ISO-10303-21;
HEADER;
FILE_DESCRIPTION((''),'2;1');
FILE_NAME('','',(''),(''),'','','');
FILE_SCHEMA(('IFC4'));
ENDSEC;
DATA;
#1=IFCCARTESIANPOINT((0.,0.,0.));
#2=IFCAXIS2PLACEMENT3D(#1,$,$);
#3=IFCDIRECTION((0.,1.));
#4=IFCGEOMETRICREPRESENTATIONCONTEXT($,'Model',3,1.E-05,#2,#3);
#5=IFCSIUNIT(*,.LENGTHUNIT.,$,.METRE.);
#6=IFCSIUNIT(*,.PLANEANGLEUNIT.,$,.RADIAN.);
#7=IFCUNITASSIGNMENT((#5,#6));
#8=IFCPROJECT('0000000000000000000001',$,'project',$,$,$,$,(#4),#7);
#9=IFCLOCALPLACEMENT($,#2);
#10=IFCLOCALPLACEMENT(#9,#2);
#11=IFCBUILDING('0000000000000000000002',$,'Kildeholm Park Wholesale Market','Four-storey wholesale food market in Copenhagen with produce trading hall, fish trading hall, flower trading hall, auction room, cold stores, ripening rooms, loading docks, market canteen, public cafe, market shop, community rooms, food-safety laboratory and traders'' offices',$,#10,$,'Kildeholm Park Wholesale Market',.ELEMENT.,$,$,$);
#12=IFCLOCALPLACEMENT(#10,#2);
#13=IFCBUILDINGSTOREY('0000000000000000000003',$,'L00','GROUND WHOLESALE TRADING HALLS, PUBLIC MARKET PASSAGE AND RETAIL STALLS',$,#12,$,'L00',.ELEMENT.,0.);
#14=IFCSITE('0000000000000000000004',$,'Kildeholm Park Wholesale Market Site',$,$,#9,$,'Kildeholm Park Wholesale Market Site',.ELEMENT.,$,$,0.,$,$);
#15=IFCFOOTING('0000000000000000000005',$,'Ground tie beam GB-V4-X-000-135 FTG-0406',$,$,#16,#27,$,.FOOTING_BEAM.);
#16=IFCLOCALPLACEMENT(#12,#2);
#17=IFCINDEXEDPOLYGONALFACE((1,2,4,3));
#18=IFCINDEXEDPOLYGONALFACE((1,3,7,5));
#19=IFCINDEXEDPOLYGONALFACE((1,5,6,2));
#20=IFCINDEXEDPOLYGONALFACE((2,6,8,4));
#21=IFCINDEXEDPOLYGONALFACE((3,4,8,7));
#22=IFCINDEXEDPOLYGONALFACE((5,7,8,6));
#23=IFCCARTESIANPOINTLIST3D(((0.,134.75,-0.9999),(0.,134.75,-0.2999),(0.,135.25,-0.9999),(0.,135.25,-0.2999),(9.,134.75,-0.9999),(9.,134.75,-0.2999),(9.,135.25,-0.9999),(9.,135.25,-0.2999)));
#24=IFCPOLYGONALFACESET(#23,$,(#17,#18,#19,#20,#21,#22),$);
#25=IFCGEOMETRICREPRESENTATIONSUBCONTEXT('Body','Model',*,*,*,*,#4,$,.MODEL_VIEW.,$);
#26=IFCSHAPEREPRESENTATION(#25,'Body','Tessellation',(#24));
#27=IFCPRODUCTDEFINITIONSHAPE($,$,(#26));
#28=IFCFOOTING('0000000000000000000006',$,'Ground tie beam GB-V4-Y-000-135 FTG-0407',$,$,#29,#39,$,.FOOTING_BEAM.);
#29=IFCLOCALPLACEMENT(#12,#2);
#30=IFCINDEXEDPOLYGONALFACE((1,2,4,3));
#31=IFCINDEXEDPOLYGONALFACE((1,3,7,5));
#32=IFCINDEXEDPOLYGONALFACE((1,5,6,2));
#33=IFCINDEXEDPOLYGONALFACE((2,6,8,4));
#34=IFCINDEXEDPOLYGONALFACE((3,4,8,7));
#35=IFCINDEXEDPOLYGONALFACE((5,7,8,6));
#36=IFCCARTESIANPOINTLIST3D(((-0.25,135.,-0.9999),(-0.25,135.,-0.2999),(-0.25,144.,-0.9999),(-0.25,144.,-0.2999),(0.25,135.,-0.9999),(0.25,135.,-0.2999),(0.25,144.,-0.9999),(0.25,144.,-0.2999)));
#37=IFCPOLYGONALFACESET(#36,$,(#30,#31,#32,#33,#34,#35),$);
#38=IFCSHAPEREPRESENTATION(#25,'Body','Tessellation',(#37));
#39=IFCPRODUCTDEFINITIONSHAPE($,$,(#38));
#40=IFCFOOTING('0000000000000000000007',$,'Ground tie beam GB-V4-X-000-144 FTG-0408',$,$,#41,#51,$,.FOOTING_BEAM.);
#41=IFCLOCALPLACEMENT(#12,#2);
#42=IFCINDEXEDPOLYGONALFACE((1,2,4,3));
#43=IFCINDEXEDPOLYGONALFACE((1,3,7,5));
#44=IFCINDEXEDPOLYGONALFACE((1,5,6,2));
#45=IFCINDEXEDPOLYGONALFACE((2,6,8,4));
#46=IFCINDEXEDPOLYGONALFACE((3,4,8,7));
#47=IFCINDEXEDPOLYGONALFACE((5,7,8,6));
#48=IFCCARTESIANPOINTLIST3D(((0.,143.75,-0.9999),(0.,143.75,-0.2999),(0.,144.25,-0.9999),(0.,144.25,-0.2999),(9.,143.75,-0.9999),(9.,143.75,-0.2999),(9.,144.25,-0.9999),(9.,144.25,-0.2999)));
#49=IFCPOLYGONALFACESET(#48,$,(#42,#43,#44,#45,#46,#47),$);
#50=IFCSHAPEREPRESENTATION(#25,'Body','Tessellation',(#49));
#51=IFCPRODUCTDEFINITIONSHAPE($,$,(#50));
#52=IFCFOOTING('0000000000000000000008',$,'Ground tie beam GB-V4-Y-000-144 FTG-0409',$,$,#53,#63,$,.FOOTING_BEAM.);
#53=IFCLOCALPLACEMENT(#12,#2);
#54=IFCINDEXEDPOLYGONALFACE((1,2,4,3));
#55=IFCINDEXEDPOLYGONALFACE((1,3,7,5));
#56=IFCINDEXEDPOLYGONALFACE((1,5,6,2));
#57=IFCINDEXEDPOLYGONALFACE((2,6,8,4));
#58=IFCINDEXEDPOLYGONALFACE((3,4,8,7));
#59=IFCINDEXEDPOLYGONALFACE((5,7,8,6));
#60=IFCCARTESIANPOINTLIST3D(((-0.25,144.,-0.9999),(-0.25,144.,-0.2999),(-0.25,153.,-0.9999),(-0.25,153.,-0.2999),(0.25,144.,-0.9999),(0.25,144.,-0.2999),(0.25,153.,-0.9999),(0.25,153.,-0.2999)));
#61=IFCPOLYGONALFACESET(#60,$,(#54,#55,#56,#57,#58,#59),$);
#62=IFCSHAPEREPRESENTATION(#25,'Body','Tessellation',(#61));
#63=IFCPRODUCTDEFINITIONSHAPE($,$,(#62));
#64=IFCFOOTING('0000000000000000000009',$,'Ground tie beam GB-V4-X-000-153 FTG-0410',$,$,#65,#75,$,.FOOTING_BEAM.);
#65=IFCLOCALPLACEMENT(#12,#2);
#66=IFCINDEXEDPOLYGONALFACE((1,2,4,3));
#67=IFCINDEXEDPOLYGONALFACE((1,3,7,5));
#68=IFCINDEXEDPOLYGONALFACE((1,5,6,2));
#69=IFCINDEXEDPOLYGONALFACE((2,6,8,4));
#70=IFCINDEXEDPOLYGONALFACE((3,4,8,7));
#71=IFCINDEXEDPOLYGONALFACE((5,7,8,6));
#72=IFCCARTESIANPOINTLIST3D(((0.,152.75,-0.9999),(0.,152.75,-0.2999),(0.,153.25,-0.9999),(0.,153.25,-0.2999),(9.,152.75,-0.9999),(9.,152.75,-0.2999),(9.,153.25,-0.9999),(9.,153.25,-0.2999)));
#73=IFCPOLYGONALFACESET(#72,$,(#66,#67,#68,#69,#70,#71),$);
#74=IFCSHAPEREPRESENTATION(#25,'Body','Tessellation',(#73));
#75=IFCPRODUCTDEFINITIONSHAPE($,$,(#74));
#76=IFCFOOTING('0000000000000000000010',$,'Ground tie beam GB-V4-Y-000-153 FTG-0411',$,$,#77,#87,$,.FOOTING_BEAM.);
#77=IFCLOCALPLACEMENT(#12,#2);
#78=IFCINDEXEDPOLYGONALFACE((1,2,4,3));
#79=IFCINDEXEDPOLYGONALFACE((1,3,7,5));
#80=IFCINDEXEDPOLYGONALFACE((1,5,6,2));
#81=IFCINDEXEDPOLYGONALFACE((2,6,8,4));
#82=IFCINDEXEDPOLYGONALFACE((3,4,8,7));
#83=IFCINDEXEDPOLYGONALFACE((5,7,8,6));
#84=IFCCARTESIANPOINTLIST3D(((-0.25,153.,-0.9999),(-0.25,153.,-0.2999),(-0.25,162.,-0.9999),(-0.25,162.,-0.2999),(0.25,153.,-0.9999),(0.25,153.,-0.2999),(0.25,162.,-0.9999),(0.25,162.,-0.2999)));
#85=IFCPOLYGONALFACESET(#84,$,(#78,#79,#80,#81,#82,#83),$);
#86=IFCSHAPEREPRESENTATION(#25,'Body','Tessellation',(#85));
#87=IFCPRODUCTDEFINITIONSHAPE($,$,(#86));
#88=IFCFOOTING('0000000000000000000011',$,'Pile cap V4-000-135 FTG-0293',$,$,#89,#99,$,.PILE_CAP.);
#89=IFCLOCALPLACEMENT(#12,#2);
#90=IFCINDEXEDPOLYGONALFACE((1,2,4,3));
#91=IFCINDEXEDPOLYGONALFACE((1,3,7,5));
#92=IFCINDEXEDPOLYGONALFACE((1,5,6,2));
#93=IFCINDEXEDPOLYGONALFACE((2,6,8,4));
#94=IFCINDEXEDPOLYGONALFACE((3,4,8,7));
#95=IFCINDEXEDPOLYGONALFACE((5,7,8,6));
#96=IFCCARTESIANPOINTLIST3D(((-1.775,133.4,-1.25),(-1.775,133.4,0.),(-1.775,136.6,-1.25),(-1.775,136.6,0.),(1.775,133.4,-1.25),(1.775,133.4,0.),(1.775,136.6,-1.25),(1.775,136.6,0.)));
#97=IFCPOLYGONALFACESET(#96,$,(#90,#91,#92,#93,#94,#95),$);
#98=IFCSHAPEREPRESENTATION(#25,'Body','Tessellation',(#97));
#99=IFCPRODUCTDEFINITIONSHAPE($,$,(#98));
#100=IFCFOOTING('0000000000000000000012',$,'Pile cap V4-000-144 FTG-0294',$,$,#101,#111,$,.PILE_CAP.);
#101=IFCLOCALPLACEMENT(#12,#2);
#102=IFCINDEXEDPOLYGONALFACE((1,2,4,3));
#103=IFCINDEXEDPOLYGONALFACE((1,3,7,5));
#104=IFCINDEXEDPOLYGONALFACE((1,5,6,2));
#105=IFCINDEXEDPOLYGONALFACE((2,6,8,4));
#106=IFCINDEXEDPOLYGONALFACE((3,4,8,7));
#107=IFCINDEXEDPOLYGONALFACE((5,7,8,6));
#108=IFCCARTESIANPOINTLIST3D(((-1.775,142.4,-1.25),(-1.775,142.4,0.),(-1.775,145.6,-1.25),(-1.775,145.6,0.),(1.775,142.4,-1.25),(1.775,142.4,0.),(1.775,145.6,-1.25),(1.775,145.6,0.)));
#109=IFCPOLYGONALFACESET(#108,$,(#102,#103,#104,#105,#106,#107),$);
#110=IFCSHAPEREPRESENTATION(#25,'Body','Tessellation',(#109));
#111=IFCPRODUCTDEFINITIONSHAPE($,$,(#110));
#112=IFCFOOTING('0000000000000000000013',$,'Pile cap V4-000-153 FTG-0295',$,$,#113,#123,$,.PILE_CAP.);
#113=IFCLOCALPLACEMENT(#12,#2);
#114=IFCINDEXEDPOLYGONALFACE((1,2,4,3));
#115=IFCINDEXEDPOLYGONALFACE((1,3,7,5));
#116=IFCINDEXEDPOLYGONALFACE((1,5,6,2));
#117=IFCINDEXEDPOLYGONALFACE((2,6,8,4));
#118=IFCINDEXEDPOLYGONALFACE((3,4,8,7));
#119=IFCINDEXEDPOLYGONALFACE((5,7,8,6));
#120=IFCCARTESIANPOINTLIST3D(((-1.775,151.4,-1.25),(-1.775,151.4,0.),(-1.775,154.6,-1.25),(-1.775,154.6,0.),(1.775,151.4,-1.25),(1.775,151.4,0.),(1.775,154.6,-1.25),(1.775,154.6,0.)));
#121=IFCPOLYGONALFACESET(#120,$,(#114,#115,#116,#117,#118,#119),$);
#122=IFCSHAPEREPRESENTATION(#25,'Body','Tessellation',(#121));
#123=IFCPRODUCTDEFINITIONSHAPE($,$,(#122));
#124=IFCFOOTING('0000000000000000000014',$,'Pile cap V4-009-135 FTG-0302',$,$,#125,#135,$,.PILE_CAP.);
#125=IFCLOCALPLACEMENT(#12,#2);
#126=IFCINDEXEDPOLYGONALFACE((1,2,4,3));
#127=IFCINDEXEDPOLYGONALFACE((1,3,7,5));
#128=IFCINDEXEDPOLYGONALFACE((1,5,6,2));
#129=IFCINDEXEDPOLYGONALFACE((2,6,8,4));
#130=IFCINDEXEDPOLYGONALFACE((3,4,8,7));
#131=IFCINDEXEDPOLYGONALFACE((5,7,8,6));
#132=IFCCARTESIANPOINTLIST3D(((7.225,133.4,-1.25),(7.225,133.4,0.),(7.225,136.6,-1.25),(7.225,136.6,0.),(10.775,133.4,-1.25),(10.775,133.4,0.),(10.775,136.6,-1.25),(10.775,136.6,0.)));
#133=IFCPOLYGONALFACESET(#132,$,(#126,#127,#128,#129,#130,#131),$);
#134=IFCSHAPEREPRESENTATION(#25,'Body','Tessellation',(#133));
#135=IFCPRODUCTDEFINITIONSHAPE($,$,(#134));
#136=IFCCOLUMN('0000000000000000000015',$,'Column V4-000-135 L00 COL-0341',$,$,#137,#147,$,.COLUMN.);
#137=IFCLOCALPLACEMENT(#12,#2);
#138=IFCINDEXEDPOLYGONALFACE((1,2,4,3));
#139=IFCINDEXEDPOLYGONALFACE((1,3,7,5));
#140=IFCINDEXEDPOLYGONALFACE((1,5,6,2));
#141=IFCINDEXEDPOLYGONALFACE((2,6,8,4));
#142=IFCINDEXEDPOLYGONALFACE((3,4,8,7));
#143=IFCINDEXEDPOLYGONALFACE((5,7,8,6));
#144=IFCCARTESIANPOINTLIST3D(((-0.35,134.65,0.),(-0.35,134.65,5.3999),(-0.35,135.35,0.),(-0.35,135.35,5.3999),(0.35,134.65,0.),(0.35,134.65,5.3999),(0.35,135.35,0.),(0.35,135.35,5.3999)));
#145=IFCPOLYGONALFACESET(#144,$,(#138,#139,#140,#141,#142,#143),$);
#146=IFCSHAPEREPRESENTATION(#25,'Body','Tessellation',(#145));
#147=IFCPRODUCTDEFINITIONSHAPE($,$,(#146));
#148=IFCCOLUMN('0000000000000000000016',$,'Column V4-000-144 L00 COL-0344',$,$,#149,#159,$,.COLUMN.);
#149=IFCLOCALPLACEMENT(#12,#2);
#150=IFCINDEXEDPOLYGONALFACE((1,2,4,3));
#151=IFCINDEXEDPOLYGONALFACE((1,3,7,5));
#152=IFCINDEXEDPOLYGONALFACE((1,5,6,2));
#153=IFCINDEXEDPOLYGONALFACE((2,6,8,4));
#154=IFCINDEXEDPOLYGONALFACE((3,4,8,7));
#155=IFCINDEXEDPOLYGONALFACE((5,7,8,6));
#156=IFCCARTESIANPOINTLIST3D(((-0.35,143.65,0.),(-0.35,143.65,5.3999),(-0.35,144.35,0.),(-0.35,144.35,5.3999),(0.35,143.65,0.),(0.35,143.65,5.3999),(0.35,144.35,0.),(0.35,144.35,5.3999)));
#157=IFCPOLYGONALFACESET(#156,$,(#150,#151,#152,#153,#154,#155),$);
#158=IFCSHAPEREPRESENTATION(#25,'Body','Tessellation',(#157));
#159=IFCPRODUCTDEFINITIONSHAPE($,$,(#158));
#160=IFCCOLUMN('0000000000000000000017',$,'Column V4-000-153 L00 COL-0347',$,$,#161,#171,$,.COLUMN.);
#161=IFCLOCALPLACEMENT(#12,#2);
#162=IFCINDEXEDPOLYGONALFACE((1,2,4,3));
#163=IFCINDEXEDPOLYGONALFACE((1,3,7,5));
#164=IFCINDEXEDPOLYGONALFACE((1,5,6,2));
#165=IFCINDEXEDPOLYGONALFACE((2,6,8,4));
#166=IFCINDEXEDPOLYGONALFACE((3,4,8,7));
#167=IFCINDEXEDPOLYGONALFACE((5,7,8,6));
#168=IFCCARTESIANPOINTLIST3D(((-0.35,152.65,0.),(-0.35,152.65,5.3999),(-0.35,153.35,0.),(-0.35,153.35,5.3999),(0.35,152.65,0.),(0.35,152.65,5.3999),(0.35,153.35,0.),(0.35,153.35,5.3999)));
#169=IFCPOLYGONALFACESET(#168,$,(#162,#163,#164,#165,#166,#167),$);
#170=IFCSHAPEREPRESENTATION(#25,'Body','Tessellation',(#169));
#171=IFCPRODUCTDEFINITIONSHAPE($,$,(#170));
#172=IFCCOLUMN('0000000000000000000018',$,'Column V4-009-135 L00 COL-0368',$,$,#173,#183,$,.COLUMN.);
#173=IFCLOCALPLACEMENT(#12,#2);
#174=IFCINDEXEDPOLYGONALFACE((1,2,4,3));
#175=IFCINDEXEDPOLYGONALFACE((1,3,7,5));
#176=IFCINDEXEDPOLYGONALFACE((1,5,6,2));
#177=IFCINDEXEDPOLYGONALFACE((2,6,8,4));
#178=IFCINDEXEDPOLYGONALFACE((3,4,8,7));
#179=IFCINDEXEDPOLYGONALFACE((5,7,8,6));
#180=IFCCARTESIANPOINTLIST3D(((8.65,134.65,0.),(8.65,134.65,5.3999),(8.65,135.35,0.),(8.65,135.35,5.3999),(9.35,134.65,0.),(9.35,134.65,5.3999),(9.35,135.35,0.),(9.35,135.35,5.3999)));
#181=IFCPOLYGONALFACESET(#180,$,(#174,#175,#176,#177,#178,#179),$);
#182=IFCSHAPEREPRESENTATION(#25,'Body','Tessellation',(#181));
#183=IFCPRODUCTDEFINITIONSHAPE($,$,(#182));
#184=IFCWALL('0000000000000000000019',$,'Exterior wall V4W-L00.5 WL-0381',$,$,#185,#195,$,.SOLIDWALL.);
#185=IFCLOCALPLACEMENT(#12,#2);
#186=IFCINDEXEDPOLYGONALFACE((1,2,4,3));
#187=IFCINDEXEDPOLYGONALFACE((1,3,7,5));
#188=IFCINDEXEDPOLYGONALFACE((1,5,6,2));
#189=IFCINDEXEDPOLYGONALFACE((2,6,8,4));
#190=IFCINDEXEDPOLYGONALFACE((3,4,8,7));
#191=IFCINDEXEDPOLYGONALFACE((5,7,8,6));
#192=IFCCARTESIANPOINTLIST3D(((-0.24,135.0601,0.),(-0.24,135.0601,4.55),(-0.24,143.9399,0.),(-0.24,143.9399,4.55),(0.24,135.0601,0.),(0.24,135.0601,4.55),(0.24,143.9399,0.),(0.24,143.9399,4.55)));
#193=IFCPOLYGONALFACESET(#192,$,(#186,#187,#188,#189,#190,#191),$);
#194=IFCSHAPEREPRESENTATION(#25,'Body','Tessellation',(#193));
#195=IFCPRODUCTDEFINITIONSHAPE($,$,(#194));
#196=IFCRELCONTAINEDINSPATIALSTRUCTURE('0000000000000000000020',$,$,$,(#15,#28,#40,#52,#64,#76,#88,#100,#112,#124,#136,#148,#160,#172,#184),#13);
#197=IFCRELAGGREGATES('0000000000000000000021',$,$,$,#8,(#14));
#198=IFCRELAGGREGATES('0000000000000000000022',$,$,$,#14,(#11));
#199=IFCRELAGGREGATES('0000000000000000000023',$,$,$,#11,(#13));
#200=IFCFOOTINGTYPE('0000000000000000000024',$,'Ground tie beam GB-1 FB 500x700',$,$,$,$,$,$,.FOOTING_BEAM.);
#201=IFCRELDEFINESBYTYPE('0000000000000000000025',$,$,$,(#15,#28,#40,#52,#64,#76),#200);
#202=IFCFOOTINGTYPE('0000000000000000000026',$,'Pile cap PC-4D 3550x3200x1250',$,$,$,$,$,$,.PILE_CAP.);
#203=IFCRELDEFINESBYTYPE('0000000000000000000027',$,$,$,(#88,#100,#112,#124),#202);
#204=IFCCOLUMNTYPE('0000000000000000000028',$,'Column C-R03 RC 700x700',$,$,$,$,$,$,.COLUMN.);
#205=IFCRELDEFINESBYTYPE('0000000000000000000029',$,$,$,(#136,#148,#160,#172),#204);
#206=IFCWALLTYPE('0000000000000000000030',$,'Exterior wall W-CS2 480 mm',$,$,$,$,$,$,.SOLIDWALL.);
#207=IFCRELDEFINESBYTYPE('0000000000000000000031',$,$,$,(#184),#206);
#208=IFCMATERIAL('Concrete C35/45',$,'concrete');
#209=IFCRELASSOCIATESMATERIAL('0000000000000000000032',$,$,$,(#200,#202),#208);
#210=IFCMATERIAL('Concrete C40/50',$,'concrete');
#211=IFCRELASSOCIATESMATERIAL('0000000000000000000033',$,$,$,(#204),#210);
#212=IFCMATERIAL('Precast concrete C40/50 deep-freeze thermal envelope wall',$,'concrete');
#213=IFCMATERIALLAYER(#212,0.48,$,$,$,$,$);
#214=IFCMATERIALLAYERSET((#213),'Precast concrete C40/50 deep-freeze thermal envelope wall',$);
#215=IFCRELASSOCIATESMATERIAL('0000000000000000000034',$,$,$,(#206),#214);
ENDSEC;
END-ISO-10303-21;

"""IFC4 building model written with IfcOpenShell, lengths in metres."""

from ifc_helpers import new_model, si_unit, direction, frame, frame_2d, origin, origin_2d, place, context, subcontext, project, spatial, rectangle, extrude, material, layer, layer_set, material_profile, profile_set, type_object, element, save


model = new_model("IFC4")

# Units and contexts
model_context = context("Model", 3, precision=1e-05, world=origin(), true_north=direction((0.0, 1.0)))
body_context = subcontext(model_context, "Body", "Model", "MODEL_VIEW")
ifc_project = project(units=[si_unit("LENGTHUNIT", "METRE"), si_unit("PLANEANGLEUNIT", "RADIAN")], contexts=[model_context])

# Site, building, storey
site_placement = place(None, origin())
site = spatial("IfcSite", under=ifc_project, at=site_placement, Name="Kildeholm Park Wholesale Market Site", LongName="Kildeholm Park Wholesale Market Site", CompositionType="ELEMENT", RefElevation=0.0)
building_placement = place(site_placement, origin())
building = spatial("IfcBuilding", under=site, at=building_placement, Name="Kildeholm Park Wholesale Market", Description="Four-storey wholesale food market in Copenhagen with produce trading hall, fish trading hall, flower trading hall, auction room, cold stores, ripening rooms, loading docks, market canteen, public cafe, market shop, community rooms, food-safety laboratory and traders' offices", LongName="Kildeholm Park Wholesale Market", CompositionType="ELEMENT")
storey_placement = place(building_placement, origin())
storey = spatial("IfcBuildingStorey", under=building, at=storey_placement, Name="L00", Description="GROUND WHOLESALE TRADING HALLS, PUBLIC MARKET PASSAGE AND RETAIL STALLS", LongName="L00", CompositionType="ELEMENT", Elevation=0.0)

# Shared definitions
ifc_material_1 = material(Name="Concrete C35/45", Category="concrete")

# Footings
ifc_material_profile_1 = material_profile(ifc_material_1, rectangle(XDim=0.5, YDim=0.7, at=origin_2d()), Name="FB 500x700")
ifc_profile_set_1 = profile_set([ifc_material_profile_1], Name="Concrete C35/45")
footing_type_1 = type_object("IfcFootingType", Name="Ground tie beam GB-1 FB 500x700", PredefinedType="FOOTING_BEAM", material=ifc_profile_set_1)
for number, where, z_axis, x_axis, name in (
    (1, (0.0, 135.0, -0.6499), (1.0, 0.0, 0.0), (0.0, 1.0, 0.0), "Ground tie beam GB-V4-X-000-135 FTG-0406"),
    (2, (0.0, 135.0, -0.6499), (0.0, 1.0, 0.0), (-1.0, 0.0, 0.0), "Ground tie beam GB-V4-Y-000-135 FTG-0407"),
    (3, (0.0, 144.0, -0.6499), (1.0, 0.0, 0.0), (0.0, 1.0, 0.0), "Ground tie beam GB-V4-X-000-144 FTG-0408"),
    (4, (0.0, 144.0, -0.6499), (0.0, 1.0, 0.0), (-1.0, 0.0, 0.0), "Ground tie beam GB-V4-Y-000-144 FTG-0409"),
    (5, (0.0, 153.0, -0.6499), (1.0, 0.0, 0.0), (0.0, 1.0, 0.0), "Ground tie beam GB-V4-X-000-153 FTG-0410"),
    (6, (0.0, 153.0, -0.6499), (0.0, 1.0, 0.0), (-1.0, 0.0, 0.0), "Ground tie beam GB-V4-Y-000-153 FTG-0411"),
):
    element("IfcFooting", number, at=place(storey_placement, frame(where, z_axis=z_axis, x_axis=x_axis)), inside=storey, type_object=footing_type_1, Name=name, PredefinedType="FOOTING_BEAM", context=body_context, shape_type="SweptSolid", body=[
        extrude(rectangle(XDim=0.5, YDim=0.7, at=origin_2d()), origin(), (0.0, 0.0, 1.0), 9.0),
    ])
footing_type_2 = type_object("IfcFootingType", Name="Pile cap PC-4D 3550x3200x1250", PredefinedType="PILE_CAP", material=ifc_material_1)
for number, where, z_axis, x_axis, name in (
    (7, (0.0, 135.0, -1.25), (0.0, 0.0, 1.0), (1.0, 0.0, 0.0), "Pile cap V4-000-135 FTG-0293"),
    (8, (0.0, 144.0, -1.25), (0.0, 0.0, 1.0), (1.0, 0.0, 0.0), "Pile cap V4-000-144 FTG-0294"),
    (9, (0.0, 153.0, -1.25), (0.0, 0.0, 1.0), (1.0, 0.0, 0.0), "Pile cap V4-000-153 FTG-0295"),
    (10, (9.0, 135.0, -1.25), (0.0, 0.0, 1.0), (1.0, 0.0, 0.0), "Pile cap V4-009-135 FTG-0302"),
):
    element("IfcFooting", number, at=place(storey_placement, frame(where, z_axis=z_axis, x_axis=x_axis)), inside=storey, type_object=footing_type_2, Name=name, PredefinedType="PILE_CAP", context=body_context, shape_type="SweptSolid", body=[
        extrude(rectangle(XDim=3.55, YDim=3.2, at=origin_2d()), origin(), (0.0, 0.0, 1.0), 1.25),
    ])

# Columns
ifc_material_2 = material(Name="Concrete C40/50", Category="concrete")
ifc_material_profile_2 = material_profile(ifc_material_2, rectangle(XDim=0.7, YDim=0.7, at=origin_2d()), Name="RC 700x700")
ifc_profile_set_2 = profile_set([ifc_material_profile_2], Name="Concrete C40/50")
column_type = type_object("IfcColumnType", Name="Column C-R03 RC 700x700", PredefinedType="COLUMN", material=ifc_profile_set_2)
for number, where, z_axis, x_axis, name in (
    (11, (0.0, 135.0, 0.0), (0.0, 0.0, 1.0), (1.0, 0.0, 0.0), "Column V4-000-135 L00 COL-0341"),
    (12, (0.0, 144.0, 0.0), (0.0, 0.0, 1.0), (1.0, 0.0, 0.0), "Column V4-000-144 L00 COL-0344"),
    (13, (0.0, 153.0, 0.0), (0.0, 0.0, 1.0), (1.0, 0.0, 0.0), "Column V4-000-153 L00 COL-0347"),
    (14, (9.0, 135.0, 0.0), (0.0, 0.0, 1.0), (1.0, 0.0, 0.0), "Column V4-009-135 L00 COL-0368"),
):
    element("IfcColumn", number, at=place(storey_placement, frame(where, z_axis=z_axis, x_axis=x_axis)), inside=storey, type_object=column_type, Name=name, PredefinedType="COLUMN", context=body_context, shape_type="SweptSolid", body=[
        extrude(rectangle(XDim=0.7, YDim=0.7, at=origin_2d()), origin(), (0.0, 0.0, 1.0), 5.3999),
    ])

# Wall
ifc_material_3 = material(Name="Precast concrete C40/50 deep-freeze thermal envelope wall", Category="concrete")
ifc_layer = layer(ifc_material_3, 0.48)
ifc_layer_set = layer_set([ifc_layer], Name="Precast concrete C40/50 deep-freeze thermal envelope wall")
wall_type = type_object("IfcWallType", Name="Exterior wall W-CS2 480 mm", PredefinedType="SOLIDWALL", material=ifc_layer_set)
wall_1_placement = place(storey_placement, frame((0.0, 135.0601, 0.0), z_axis=(0.0, 0.0, 1.0), x_axis=(0.0, 1.0, 0.0)))
element("IfcWall", 15, at=wall_1_placement, inside=storey, type_object=wall_type, Name="Exterior wall V4W-L00.5 WL-0381", PredefinedType="SOLIDWALL", context=body_context, shape_type="SweptSolid", body=[
    extrude(rectangle(XDim=8.8799, YDim=0.48, at=frame_2d((4.4399, 0.0))), origin(), (0.0, 0.0, 1.0), 4.55),
])

save(model, "model.ifc")
